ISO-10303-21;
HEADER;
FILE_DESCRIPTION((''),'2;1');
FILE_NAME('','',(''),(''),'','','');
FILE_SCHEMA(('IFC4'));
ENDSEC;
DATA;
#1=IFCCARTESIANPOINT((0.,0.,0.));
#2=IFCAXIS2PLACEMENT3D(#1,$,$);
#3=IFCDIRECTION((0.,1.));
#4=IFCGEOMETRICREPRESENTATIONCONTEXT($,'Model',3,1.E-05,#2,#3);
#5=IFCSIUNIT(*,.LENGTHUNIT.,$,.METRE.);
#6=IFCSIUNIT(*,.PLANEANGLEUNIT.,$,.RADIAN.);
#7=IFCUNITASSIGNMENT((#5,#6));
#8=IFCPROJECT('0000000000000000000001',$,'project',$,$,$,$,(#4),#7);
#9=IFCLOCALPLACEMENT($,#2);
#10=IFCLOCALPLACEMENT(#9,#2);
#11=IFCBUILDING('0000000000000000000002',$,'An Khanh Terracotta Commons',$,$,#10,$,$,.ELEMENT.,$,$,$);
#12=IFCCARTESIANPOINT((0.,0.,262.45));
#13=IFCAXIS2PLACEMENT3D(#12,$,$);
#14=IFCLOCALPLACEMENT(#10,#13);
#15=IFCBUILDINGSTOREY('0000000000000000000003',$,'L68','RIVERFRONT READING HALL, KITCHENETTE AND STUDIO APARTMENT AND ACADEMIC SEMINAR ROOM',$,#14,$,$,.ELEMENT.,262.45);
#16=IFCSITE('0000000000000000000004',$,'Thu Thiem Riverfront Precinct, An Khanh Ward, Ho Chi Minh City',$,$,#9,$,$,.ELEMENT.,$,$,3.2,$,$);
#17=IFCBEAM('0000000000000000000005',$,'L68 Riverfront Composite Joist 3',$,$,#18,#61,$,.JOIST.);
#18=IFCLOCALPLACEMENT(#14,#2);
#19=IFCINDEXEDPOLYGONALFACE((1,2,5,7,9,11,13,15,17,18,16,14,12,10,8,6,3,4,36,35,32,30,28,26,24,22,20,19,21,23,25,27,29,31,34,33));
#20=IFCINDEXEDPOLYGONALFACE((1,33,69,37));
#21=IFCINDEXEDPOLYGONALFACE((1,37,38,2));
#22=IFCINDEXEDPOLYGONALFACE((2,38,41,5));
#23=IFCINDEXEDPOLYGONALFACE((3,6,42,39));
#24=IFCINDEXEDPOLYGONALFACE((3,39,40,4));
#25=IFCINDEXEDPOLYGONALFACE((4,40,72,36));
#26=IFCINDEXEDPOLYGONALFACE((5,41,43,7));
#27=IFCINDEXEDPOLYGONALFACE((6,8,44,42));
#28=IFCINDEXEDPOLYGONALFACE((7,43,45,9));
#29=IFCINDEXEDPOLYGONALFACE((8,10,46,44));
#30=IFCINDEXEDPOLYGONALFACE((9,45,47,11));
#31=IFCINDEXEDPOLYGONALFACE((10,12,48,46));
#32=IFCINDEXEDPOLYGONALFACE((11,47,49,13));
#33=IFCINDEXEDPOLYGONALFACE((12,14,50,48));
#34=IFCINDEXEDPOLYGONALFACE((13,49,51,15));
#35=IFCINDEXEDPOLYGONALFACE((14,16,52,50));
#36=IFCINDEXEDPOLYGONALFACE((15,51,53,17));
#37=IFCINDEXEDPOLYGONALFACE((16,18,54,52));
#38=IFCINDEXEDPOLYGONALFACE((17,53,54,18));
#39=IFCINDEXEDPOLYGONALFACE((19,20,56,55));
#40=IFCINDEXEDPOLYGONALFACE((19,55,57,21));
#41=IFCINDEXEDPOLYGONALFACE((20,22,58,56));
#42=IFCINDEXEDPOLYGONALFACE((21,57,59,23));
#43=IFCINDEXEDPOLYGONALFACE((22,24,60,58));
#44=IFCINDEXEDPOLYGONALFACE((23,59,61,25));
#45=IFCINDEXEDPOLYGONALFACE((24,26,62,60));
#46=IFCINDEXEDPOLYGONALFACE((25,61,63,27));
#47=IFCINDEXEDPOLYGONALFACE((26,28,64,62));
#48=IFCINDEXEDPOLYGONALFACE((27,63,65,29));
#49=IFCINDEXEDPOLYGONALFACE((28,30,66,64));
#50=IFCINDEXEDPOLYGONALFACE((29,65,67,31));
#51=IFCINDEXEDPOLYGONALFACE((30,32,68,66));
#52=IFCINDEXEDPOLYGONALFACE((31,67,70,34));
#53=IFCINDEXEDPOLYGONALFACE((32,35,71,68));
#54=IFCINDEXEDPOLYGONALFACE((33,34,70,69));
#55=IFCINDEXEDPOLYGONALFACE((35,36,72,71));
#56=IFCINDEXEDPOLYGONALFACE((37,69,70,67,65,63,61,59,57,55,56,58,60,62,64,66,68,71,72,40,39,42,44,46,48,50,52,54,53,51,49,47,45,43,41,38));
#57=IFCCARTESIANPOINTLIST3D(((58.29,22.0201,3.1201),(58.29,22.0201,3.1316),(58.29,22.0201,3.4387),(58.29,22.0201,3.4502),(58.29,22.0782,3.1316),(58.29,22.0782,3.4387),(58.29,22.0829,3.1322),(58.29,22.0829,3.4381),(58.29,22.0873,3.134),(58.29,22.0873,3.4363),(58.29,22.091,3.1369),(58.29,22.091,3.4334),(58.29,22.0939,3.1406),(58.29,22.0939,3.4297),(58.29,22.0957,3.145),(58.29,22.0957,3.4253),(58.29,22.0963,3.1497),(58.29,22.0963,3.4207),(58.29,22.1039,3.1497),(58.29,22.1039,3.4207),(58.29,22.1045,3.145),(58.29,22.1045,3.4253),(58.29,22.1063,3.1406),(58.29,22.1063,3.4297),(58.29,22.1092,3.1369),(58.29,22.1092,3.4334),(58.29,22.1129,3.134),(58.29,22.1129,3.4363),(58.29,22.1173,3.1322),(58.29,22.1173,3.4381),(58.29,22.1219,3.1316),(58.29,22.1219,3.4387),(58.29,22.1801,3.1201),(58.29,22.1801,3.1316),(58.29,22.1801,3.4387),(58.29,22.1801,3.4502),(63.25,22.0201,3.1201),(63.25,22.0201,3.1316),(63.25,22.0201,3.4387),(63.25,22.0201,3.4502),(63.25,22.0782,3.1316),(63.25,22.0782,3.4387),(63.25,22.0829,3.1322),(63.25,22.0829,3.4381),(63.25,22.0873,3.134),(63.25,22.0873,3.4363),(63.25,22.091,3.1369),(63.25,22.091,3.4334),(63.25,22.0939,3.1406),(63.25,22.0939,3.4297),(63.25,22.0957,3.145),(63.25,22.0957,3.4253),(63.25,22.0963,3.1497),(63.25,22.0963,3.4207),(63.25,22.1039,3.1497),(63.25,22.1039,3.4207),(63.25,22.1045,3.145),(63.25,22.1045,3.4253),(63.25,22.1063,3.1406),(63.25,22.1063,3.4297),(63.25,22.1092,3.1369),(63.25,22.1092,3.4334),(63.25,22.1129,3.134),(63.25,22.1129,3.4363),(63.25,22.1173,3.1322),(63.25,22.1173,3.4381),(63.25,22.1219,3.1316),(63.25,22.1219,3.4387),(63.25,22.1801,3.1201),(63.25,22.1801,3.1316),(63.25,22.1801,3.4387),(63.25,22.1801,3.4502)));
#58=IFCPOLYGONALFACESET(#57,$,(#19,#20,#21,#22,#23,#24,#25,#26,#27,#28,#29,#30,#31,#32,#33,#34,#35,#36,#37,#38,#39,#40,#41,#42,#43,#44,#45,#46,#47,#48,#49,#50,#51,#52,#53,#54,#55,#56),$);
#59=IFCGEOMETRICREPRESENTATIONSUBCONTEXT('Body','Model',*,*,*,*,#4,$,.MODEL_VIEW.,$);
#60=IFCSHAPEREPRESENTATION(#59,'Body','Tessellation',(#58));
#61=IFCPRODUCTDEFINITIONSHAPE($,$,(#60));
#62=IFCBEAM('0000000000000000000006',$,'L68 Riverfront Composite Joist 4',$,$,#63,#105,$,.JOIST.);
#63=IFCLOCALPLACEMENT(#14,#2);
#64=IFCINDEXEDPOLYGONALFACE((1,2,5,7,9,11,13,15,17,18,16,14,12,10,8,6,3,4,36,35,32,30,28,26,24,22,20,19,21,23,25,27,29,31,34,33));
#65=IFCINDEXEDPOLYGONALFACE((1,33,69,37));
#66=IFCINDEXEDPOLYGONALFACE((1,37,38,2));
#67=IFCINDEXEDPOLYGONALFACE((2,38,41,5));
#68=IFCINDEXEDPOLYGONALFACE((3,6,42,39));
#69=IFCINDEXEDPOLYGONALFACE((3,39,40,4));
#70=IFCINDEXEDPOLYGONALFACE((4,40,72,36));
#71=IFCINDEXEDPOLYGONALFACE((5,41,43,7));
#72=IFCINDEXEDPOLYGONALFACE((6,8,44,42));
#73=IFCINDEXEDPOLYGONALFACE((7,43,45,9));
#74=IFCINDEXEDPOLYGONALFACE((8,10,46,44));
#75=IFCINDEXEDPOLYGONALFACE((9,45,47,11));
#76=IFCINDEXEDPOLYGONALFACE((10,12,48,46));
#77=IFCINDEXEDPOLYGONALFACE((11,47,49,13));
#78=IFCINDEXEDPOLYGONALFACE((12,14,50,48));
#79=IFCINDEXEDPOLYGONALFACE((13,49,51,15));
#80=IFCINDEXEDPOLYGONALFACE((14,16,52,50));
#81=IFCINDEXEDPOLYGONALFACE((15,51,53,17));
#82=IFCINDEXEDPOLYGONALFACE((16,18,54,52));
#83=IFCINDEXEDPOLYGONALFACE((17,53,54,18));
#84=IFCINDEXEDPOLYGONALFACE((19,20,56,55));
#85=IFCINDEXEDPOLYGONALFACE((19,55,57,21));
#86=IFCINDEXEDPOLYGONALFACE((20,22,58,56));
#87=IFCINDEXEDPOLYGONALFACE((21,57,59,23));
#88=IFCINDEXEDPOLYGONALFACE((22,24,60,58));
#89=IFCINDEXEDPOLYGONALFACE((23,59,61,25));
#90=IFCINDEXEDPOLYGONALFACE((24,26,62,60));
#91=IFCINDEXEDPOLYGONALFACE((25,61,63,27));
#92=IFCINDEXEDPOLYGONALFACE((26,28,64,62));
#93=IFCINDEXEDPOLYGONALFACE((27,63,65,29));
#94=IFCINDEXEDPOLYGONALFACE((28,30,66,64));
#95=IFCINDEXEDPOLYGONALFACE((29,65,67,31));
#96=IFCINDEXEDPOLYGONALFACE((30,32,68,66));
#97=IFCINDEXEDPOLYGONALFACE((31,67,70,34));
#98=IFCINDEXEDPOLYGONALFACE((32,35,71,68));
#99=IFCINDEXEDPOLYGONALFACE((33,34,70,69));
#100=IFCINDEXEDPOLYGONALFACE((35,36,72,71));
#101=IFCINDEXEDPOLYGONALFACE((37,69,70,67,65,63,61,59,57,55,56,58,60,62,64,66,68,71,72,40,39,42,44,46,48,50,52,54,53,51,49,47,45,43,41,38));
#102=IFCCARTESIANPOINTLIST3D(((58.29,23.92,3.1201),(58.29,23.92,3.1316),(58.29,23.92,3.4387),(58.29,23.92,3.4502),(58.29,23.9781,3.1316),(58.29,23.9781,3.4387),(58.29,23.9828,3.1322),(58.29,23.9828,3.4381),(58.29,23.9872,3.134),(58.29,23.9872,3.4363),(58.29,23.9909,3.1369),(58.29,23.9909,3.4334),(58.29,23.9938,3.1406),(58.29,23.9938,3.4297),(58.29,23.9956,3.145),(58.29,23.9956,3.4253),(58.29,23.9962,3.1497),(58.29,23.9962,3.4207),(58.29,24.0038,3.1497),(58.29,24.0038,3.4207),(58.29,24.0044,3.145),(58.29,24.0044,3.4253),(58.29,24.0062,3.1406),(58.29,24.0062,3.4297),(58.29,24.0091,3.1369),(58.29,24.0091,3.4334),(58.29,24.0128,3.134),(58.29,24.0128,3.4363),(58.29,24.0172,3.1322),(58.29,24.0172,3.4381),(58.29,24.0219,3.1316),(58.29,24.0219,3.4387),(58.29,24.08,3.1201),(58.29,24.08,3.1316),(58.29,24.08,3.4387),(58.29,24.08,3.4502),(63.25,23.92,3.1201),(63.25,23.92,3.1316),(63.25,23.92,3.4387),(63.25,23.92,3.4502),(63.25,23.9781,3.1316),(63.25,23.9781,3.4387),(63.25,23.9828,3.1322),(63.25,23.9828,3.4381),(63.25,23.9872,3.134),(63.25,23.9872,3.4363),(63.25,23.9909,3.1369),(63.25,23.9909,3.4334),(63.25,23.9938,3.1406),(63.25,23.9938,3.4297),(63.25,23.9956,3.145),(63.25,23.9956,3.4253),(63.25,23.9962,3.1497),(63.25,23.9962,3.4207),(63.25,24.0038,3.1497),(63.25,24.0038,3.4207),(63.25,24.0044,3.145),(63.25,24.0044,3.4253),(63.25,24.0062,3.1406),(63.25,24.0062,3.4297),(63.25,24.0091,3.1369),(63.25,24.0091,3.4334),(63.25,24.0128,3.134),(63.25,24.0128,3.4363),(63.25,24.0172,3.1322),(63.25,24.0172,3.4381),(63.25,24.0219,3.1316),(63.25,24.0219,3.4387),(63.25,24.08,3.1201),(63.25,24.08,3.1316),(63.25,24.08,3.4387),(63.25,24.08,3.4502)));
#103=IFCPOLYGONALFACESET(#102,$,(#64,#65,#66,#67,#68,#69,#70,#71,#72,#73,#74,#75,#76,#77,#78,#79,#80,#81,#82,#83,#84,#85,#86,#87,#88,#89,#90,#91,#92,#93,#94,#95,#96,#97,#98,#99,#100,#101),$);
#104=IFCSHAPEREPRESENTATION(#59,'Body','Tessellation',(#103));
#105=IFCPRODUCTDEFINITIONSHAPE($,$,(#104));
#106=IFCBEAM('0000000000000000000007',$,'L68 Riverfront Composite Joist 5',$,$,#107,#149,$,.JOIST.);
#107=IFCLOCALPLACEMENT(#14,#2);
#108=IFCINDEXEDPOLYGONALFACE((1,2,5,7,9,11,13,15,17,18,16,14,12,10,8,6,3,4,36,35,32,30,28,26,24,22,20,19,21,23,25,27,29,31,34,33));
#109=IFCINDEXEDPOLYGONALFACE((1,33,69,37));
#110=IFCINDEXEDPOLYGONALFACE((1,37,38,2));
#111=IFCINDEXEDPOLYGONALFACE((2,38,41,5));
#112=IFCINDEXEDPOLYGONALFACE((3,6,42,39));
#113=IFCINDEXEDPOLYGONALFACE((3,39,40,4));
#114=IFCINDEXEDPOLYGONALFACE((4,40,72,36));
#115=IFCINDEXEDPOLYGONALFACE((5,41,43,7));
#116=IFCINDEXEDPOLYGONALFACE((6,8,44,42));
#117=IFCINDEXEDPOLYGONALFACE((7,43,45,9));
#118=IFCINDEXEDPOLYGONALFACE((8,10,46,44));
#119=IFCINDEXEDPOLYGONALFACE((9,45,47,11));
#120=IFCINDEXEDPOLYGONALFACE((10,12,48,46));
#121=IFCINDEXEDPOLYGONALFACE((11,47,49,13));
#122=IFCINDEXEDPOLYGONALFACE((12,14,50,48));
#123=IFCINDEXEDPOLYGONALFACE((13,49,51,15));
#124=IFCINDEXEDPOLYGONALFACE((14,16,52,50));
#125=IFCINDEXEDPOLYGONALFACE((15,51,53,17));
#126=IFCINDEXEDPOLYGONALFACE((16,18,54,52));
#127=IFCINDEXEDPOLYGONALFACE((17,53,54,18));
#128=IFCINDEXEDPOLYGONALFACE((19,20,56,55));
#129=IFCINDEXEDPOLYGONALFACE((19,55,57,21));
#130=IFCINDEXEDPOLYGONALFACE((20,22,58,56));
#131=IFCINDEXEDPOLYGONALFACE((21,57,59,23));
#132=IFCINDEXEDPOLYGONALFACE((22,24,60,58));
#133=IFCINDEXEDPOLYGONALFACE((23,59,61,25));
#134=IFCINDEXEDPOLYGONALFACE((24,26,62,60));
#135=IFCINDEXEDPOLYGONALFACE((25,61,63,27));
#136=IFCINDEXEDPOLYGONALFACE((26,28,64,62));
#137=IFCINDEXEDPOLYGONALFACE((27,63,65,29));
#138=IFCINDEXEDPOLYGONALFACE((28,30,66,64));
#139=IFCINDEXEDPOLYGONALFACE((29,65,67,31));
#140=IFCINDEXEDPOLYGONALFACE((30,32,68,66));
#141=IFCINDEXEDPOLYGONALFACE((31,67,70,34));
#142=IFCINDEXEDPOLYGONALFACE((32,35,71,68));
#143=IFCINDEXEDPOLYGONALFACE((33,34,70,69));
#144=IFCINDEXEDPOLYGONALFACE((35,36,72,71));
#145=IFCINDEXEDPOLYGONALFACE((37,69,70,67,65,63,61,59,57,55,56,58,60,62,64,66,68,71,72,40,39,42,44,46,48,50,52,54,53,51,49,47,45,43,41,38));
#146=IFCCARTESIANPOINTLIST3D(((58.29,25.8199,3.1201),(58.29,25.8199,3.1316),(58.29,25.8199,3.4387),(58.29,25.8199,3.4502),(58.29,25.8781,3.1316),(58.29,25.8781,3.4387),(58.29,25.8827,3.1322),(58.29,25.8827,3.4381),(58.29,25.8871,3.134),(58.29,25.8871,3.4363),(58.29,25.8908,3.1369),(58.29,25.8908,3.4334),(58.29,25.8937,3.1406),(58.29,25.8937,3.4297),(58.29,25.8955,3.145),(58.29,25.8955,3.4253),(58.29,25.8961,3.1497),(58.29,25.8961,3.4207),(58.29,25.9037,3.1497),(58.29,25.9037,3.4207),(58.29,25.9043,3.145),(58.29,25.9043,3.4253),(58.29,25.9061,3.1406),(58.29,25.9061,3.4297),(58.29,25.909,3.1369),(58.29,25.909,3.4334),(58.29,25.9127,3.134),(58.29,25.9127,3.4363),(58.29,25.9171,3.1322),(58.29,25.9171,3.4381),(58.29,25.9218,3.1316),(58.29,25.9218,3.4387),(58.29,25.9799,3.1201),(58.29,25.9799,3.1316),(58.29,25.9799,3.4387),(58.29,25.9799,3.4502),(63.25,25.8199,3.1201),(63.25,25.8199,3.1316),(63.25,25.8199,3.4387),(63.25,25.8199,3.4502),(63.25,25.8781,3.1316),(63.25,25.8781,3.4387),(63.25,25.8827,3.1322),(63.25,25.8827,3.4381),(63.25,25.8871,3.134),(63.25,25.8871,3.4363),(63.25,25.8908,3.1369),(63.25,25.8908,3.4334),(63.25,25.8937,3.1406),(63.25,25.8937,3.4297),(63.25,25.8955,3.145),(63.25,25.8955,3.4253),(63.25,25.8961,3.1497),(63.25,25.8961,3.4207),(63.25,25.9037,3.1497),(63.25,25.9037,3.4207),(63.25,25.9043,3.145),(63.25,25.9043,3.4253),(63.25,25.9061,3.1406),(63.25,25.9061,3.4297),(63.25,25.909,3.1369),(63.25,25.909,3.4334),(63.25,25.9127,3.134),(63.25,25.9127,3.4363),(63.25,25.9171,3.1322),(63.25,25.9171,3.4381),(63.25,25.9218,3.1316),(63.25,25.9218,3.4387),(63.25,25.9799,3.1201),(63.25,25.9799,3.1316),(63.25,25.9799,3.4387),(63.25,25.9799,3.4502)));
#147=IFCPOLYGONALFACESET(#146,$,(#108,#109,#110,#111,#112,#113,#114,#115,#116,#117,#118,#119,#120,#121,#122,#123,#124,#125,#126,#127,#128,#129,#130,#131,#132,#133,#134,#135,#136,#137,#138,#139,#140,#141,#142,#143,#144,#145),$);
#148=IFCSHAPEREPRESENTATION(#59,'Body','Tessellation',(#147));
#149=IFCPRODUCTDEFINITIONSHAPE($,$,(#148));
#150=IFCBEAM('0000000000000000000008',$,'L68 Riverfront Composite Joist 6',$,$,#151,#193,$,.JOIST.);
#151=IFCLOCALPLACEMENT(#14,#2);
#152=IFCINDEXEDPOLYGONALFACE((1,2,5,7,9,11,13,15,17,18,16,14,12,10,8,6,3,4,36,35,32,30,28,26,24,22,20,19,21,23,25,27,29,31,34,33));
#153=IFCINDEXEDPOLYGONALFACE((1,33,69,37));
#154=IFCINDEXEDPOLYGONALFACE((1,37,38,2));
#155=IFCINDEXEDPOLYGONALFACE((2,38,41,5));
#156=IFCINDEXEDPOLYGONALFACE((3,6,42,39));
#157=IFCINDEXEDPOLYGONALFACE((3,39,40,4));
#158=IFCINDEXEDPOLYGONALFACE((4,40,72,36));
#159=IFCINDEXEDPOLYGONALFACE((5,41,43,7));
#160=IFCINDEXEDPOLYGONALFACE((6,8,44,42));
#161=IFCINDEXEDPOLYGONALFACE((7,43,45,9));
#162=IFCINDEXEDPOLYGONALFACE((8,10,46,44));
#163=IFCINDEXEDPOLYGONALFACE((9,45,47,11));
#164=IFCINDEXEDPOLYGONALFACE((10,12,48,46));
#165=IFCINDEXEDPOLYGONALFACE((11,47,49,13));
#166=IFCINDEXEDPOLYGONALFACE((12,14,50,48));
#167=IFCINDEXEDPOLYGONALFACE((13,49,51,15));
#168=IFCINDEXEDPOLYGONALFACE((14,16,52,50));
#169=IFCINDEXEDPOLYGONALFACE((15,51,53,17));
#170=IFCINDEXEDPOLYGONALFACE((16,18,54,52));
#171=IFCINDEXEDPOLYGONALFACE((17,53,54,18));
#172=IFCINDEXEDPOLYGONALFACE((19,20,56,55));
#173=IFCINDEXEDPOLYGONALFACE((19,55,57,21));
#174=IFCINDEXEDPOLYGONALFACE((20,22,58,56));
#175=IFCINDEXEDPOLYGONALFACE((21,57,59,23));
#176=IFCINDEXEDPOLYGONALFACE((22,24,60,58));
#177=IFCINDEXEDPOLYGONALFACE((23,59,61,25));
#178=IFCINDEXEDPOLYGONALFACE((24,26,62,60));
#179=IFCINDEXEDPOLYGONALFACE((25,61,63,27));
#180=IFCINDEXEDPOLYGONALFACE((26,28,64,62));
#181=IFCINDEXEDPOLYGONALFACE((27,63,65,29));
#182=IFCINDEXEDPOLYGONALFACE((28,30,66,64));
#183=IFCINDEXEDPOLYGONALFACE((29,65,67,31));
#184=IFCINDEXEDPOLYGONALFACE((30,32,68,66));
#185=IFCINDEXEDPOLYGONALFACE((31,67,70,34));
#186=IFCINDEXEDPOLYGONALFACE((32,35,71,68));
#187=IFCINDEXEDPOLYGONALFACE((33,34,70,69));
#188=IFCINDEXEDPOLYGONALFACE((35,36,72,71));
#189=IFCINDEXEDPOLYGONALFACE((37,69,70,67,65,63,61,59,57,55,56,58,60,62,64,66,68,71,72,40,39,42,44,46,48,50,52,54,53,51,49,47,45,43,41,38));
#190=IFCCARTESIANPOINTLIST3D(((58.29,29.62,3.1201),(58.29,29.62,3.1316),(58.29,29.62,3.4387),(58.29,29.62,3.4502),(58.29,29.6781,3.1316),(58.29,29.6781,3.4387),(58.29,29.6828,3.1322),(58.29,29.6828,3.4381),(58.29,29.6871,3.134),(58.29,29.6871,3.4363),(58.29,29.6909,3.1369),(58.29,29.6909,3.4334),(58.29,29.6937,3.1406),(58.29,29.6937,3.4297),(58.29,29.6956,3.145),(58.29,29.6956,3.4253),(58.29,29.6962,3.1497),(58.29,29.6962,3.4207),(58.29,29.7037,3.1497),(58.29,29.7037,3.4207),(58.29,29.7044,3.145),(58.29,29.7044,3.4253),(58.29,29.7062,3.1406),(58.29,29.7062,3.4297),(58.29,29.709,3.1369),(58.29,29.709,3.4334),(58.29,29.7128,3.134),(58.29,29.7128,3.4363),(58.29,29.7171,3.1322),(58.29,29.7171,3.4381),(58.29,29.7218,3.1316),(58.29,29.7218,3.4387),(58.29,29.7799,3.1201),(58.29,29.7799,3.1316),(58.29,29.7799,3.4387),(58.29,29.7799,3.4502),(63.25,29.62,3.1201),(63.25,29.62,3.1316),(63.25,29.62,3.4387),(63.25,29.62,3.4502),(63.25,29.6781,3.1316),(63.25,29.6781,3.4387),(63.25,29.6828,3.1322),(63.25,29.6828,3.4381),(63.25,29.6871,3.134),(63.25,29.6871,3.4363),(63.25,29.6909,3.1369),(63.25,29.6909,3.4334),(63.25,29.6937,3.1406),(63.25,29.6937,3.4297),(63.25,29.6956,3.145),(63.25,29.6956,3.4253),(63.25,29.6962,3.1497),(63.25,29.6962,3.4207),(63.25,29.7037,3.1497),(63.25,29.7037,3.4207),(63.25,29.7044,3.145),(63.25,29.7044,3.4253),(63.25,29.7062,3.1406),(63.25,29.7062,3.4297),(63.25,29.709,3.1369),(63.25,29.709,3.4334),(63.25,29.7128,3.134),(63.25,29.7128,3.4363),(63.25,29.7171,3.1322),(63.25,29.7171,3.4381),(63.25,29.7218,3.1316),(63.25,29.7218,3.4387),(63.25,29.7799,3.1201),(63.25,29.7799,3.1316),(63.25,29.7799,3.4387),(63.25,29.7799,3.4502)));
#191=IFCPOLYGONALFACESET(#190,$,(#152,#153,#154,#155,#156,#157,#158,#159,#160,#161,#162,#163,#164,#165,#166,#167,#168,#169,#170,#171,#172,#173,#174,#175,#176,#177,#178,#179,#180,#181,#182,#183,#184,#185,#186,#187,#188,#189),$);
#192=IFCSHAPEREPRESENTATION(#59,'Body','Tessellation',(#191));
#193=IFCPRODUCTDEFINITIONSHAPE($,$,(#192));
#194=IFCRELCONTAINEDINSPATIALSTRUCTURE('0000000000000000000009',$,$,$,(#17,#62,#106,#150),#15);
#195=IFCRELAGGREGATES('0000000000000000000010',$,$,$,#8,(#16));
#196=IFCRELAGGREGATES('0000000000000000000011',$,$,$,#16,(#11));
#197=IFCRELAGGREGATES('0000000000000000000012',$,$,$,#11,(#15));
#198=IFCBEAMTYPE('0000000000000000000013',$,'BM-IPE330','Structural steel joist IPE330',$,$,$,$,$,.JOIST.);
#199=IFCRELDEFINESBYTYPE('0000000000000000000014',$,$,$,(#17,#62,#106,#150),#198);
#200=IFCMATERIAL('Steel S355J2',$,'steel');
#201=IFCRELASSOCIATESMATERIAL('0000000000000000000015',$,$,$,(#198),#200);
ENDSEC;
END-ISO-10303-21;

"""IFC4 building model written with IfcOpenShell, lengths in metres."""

from ifc_helpers import new_model, si_unit, direction, frame, origin, origin_2d, place, context, subcontext, project, spatial, i_section, extrude, material, material_profile, profile_set, type_object, element, save


model = new_model("IFC4")

# Units and contexts
model_context = context("Model", 3, precision=1e-05, world=origin(), true_north=direction((0.0, 1.0)))
body_context = subcontext(model_context, "Body", "Model", "MODEL_VIEW")
ifc_project = project(units=[si_unit("LENGTHUNIT", "METRE"), si_unit("PLANEANGLEUNIT", "RADIAN")], contexts=[model_context])

# Site, building, storey
site_placement = place(None, origin())
site = spatial("IfcSite", under=ifc_project, at=site_placement, Name="Thu Thiem Riverfront Precinct, An Khanh Ward, Ho Chi Minh City", CompositionType="ELEMENT", RefElevation=3.2)
building_placement = place(site_placement, origin())
building = spatial("IfcBuilding", under=site, at=building_placement, Name="An Khanh Terracotta Commons", CompositionType="ELEMENT")
storey_placement = place(building_placement, frame((0.0, 0.0, 262.45)))
storey = spatial("IfcBuildingStorey", under=building, at=storey_placement, Name="L68", Description="RIVERFRONT READING HALL, KITCHENETTE AND STUDIO APARTMENT AND ACADEMIC SEMINAR ROOM", CompositionType="ELEMENT", Elevation=262.45)

# Beams
ifc_material_1 = material(Name="Steel S355J2", Category="steel")
ifc_material_profile_1 = material_profile(ifc_material_1, i_section(OverallWidth=0.1599, OverallDepth=0.3301, WebThickness=0.0076, FlangeThickness=0.0115, FilletRadius=0.0181, at=origin_2d()), Name="IPE330")
ifc_profile_set_1 = profile_set([ifc_material_profile_1], Name="Steel S355J2")
beam_type_1 = type_object("IfcBeamType", Name="BM-IPE330", Description="Structural steel joist IPE330", PredefinedType="JOIST", material=ifc_profile_set_1)
for number, where, z_axis, x_axis, name in (
    (1, (58.29, 22.1001, 3.2852), (1.0, 0.0, 0.0), (0.0, 1.0, 0.0), "L68 Riverfront Composite Joist 3"),
    (2, (58.29, 24.0, 3.2852), (1.0, 0.0, 0.0), (0.0, 1.0, 0.0), "L68 Riverfront Composite Joist 4"),
    (3, (58.29, 25.8999, 3.2852), (1.0, 0.0, 0.0), (0.0, 1.0, 0.0), "L68 Riverfront Composite Joist 5"),
    (4, (58.29, 29.7, 3.2852), (1.0, 0.0, 0.0), (0.0, 1.0, 0.0), "L68 Riverfront Composite Joist 6"),
):
    element("IfcBeam", number, at=place(storey_placement, frame(where, z_axis=z_axis, x_axis=x_axis)), inside=storey, type_object=beam_type_1, Name=name, PredefinedType="JOIST", context=body_context, shape_type="SweptSolid", body=[
        extrude(i_section(OverallWidth=0.1599, OverallDepth=0.3301, WebThickness=0.0076, FlangeThickness=0.0115, FilletRadius=0.0181, at=origin_2d()), origin(), (0.0, 0.0, 1.0), 4.96),
    ])

save(model, "model.ifc")
